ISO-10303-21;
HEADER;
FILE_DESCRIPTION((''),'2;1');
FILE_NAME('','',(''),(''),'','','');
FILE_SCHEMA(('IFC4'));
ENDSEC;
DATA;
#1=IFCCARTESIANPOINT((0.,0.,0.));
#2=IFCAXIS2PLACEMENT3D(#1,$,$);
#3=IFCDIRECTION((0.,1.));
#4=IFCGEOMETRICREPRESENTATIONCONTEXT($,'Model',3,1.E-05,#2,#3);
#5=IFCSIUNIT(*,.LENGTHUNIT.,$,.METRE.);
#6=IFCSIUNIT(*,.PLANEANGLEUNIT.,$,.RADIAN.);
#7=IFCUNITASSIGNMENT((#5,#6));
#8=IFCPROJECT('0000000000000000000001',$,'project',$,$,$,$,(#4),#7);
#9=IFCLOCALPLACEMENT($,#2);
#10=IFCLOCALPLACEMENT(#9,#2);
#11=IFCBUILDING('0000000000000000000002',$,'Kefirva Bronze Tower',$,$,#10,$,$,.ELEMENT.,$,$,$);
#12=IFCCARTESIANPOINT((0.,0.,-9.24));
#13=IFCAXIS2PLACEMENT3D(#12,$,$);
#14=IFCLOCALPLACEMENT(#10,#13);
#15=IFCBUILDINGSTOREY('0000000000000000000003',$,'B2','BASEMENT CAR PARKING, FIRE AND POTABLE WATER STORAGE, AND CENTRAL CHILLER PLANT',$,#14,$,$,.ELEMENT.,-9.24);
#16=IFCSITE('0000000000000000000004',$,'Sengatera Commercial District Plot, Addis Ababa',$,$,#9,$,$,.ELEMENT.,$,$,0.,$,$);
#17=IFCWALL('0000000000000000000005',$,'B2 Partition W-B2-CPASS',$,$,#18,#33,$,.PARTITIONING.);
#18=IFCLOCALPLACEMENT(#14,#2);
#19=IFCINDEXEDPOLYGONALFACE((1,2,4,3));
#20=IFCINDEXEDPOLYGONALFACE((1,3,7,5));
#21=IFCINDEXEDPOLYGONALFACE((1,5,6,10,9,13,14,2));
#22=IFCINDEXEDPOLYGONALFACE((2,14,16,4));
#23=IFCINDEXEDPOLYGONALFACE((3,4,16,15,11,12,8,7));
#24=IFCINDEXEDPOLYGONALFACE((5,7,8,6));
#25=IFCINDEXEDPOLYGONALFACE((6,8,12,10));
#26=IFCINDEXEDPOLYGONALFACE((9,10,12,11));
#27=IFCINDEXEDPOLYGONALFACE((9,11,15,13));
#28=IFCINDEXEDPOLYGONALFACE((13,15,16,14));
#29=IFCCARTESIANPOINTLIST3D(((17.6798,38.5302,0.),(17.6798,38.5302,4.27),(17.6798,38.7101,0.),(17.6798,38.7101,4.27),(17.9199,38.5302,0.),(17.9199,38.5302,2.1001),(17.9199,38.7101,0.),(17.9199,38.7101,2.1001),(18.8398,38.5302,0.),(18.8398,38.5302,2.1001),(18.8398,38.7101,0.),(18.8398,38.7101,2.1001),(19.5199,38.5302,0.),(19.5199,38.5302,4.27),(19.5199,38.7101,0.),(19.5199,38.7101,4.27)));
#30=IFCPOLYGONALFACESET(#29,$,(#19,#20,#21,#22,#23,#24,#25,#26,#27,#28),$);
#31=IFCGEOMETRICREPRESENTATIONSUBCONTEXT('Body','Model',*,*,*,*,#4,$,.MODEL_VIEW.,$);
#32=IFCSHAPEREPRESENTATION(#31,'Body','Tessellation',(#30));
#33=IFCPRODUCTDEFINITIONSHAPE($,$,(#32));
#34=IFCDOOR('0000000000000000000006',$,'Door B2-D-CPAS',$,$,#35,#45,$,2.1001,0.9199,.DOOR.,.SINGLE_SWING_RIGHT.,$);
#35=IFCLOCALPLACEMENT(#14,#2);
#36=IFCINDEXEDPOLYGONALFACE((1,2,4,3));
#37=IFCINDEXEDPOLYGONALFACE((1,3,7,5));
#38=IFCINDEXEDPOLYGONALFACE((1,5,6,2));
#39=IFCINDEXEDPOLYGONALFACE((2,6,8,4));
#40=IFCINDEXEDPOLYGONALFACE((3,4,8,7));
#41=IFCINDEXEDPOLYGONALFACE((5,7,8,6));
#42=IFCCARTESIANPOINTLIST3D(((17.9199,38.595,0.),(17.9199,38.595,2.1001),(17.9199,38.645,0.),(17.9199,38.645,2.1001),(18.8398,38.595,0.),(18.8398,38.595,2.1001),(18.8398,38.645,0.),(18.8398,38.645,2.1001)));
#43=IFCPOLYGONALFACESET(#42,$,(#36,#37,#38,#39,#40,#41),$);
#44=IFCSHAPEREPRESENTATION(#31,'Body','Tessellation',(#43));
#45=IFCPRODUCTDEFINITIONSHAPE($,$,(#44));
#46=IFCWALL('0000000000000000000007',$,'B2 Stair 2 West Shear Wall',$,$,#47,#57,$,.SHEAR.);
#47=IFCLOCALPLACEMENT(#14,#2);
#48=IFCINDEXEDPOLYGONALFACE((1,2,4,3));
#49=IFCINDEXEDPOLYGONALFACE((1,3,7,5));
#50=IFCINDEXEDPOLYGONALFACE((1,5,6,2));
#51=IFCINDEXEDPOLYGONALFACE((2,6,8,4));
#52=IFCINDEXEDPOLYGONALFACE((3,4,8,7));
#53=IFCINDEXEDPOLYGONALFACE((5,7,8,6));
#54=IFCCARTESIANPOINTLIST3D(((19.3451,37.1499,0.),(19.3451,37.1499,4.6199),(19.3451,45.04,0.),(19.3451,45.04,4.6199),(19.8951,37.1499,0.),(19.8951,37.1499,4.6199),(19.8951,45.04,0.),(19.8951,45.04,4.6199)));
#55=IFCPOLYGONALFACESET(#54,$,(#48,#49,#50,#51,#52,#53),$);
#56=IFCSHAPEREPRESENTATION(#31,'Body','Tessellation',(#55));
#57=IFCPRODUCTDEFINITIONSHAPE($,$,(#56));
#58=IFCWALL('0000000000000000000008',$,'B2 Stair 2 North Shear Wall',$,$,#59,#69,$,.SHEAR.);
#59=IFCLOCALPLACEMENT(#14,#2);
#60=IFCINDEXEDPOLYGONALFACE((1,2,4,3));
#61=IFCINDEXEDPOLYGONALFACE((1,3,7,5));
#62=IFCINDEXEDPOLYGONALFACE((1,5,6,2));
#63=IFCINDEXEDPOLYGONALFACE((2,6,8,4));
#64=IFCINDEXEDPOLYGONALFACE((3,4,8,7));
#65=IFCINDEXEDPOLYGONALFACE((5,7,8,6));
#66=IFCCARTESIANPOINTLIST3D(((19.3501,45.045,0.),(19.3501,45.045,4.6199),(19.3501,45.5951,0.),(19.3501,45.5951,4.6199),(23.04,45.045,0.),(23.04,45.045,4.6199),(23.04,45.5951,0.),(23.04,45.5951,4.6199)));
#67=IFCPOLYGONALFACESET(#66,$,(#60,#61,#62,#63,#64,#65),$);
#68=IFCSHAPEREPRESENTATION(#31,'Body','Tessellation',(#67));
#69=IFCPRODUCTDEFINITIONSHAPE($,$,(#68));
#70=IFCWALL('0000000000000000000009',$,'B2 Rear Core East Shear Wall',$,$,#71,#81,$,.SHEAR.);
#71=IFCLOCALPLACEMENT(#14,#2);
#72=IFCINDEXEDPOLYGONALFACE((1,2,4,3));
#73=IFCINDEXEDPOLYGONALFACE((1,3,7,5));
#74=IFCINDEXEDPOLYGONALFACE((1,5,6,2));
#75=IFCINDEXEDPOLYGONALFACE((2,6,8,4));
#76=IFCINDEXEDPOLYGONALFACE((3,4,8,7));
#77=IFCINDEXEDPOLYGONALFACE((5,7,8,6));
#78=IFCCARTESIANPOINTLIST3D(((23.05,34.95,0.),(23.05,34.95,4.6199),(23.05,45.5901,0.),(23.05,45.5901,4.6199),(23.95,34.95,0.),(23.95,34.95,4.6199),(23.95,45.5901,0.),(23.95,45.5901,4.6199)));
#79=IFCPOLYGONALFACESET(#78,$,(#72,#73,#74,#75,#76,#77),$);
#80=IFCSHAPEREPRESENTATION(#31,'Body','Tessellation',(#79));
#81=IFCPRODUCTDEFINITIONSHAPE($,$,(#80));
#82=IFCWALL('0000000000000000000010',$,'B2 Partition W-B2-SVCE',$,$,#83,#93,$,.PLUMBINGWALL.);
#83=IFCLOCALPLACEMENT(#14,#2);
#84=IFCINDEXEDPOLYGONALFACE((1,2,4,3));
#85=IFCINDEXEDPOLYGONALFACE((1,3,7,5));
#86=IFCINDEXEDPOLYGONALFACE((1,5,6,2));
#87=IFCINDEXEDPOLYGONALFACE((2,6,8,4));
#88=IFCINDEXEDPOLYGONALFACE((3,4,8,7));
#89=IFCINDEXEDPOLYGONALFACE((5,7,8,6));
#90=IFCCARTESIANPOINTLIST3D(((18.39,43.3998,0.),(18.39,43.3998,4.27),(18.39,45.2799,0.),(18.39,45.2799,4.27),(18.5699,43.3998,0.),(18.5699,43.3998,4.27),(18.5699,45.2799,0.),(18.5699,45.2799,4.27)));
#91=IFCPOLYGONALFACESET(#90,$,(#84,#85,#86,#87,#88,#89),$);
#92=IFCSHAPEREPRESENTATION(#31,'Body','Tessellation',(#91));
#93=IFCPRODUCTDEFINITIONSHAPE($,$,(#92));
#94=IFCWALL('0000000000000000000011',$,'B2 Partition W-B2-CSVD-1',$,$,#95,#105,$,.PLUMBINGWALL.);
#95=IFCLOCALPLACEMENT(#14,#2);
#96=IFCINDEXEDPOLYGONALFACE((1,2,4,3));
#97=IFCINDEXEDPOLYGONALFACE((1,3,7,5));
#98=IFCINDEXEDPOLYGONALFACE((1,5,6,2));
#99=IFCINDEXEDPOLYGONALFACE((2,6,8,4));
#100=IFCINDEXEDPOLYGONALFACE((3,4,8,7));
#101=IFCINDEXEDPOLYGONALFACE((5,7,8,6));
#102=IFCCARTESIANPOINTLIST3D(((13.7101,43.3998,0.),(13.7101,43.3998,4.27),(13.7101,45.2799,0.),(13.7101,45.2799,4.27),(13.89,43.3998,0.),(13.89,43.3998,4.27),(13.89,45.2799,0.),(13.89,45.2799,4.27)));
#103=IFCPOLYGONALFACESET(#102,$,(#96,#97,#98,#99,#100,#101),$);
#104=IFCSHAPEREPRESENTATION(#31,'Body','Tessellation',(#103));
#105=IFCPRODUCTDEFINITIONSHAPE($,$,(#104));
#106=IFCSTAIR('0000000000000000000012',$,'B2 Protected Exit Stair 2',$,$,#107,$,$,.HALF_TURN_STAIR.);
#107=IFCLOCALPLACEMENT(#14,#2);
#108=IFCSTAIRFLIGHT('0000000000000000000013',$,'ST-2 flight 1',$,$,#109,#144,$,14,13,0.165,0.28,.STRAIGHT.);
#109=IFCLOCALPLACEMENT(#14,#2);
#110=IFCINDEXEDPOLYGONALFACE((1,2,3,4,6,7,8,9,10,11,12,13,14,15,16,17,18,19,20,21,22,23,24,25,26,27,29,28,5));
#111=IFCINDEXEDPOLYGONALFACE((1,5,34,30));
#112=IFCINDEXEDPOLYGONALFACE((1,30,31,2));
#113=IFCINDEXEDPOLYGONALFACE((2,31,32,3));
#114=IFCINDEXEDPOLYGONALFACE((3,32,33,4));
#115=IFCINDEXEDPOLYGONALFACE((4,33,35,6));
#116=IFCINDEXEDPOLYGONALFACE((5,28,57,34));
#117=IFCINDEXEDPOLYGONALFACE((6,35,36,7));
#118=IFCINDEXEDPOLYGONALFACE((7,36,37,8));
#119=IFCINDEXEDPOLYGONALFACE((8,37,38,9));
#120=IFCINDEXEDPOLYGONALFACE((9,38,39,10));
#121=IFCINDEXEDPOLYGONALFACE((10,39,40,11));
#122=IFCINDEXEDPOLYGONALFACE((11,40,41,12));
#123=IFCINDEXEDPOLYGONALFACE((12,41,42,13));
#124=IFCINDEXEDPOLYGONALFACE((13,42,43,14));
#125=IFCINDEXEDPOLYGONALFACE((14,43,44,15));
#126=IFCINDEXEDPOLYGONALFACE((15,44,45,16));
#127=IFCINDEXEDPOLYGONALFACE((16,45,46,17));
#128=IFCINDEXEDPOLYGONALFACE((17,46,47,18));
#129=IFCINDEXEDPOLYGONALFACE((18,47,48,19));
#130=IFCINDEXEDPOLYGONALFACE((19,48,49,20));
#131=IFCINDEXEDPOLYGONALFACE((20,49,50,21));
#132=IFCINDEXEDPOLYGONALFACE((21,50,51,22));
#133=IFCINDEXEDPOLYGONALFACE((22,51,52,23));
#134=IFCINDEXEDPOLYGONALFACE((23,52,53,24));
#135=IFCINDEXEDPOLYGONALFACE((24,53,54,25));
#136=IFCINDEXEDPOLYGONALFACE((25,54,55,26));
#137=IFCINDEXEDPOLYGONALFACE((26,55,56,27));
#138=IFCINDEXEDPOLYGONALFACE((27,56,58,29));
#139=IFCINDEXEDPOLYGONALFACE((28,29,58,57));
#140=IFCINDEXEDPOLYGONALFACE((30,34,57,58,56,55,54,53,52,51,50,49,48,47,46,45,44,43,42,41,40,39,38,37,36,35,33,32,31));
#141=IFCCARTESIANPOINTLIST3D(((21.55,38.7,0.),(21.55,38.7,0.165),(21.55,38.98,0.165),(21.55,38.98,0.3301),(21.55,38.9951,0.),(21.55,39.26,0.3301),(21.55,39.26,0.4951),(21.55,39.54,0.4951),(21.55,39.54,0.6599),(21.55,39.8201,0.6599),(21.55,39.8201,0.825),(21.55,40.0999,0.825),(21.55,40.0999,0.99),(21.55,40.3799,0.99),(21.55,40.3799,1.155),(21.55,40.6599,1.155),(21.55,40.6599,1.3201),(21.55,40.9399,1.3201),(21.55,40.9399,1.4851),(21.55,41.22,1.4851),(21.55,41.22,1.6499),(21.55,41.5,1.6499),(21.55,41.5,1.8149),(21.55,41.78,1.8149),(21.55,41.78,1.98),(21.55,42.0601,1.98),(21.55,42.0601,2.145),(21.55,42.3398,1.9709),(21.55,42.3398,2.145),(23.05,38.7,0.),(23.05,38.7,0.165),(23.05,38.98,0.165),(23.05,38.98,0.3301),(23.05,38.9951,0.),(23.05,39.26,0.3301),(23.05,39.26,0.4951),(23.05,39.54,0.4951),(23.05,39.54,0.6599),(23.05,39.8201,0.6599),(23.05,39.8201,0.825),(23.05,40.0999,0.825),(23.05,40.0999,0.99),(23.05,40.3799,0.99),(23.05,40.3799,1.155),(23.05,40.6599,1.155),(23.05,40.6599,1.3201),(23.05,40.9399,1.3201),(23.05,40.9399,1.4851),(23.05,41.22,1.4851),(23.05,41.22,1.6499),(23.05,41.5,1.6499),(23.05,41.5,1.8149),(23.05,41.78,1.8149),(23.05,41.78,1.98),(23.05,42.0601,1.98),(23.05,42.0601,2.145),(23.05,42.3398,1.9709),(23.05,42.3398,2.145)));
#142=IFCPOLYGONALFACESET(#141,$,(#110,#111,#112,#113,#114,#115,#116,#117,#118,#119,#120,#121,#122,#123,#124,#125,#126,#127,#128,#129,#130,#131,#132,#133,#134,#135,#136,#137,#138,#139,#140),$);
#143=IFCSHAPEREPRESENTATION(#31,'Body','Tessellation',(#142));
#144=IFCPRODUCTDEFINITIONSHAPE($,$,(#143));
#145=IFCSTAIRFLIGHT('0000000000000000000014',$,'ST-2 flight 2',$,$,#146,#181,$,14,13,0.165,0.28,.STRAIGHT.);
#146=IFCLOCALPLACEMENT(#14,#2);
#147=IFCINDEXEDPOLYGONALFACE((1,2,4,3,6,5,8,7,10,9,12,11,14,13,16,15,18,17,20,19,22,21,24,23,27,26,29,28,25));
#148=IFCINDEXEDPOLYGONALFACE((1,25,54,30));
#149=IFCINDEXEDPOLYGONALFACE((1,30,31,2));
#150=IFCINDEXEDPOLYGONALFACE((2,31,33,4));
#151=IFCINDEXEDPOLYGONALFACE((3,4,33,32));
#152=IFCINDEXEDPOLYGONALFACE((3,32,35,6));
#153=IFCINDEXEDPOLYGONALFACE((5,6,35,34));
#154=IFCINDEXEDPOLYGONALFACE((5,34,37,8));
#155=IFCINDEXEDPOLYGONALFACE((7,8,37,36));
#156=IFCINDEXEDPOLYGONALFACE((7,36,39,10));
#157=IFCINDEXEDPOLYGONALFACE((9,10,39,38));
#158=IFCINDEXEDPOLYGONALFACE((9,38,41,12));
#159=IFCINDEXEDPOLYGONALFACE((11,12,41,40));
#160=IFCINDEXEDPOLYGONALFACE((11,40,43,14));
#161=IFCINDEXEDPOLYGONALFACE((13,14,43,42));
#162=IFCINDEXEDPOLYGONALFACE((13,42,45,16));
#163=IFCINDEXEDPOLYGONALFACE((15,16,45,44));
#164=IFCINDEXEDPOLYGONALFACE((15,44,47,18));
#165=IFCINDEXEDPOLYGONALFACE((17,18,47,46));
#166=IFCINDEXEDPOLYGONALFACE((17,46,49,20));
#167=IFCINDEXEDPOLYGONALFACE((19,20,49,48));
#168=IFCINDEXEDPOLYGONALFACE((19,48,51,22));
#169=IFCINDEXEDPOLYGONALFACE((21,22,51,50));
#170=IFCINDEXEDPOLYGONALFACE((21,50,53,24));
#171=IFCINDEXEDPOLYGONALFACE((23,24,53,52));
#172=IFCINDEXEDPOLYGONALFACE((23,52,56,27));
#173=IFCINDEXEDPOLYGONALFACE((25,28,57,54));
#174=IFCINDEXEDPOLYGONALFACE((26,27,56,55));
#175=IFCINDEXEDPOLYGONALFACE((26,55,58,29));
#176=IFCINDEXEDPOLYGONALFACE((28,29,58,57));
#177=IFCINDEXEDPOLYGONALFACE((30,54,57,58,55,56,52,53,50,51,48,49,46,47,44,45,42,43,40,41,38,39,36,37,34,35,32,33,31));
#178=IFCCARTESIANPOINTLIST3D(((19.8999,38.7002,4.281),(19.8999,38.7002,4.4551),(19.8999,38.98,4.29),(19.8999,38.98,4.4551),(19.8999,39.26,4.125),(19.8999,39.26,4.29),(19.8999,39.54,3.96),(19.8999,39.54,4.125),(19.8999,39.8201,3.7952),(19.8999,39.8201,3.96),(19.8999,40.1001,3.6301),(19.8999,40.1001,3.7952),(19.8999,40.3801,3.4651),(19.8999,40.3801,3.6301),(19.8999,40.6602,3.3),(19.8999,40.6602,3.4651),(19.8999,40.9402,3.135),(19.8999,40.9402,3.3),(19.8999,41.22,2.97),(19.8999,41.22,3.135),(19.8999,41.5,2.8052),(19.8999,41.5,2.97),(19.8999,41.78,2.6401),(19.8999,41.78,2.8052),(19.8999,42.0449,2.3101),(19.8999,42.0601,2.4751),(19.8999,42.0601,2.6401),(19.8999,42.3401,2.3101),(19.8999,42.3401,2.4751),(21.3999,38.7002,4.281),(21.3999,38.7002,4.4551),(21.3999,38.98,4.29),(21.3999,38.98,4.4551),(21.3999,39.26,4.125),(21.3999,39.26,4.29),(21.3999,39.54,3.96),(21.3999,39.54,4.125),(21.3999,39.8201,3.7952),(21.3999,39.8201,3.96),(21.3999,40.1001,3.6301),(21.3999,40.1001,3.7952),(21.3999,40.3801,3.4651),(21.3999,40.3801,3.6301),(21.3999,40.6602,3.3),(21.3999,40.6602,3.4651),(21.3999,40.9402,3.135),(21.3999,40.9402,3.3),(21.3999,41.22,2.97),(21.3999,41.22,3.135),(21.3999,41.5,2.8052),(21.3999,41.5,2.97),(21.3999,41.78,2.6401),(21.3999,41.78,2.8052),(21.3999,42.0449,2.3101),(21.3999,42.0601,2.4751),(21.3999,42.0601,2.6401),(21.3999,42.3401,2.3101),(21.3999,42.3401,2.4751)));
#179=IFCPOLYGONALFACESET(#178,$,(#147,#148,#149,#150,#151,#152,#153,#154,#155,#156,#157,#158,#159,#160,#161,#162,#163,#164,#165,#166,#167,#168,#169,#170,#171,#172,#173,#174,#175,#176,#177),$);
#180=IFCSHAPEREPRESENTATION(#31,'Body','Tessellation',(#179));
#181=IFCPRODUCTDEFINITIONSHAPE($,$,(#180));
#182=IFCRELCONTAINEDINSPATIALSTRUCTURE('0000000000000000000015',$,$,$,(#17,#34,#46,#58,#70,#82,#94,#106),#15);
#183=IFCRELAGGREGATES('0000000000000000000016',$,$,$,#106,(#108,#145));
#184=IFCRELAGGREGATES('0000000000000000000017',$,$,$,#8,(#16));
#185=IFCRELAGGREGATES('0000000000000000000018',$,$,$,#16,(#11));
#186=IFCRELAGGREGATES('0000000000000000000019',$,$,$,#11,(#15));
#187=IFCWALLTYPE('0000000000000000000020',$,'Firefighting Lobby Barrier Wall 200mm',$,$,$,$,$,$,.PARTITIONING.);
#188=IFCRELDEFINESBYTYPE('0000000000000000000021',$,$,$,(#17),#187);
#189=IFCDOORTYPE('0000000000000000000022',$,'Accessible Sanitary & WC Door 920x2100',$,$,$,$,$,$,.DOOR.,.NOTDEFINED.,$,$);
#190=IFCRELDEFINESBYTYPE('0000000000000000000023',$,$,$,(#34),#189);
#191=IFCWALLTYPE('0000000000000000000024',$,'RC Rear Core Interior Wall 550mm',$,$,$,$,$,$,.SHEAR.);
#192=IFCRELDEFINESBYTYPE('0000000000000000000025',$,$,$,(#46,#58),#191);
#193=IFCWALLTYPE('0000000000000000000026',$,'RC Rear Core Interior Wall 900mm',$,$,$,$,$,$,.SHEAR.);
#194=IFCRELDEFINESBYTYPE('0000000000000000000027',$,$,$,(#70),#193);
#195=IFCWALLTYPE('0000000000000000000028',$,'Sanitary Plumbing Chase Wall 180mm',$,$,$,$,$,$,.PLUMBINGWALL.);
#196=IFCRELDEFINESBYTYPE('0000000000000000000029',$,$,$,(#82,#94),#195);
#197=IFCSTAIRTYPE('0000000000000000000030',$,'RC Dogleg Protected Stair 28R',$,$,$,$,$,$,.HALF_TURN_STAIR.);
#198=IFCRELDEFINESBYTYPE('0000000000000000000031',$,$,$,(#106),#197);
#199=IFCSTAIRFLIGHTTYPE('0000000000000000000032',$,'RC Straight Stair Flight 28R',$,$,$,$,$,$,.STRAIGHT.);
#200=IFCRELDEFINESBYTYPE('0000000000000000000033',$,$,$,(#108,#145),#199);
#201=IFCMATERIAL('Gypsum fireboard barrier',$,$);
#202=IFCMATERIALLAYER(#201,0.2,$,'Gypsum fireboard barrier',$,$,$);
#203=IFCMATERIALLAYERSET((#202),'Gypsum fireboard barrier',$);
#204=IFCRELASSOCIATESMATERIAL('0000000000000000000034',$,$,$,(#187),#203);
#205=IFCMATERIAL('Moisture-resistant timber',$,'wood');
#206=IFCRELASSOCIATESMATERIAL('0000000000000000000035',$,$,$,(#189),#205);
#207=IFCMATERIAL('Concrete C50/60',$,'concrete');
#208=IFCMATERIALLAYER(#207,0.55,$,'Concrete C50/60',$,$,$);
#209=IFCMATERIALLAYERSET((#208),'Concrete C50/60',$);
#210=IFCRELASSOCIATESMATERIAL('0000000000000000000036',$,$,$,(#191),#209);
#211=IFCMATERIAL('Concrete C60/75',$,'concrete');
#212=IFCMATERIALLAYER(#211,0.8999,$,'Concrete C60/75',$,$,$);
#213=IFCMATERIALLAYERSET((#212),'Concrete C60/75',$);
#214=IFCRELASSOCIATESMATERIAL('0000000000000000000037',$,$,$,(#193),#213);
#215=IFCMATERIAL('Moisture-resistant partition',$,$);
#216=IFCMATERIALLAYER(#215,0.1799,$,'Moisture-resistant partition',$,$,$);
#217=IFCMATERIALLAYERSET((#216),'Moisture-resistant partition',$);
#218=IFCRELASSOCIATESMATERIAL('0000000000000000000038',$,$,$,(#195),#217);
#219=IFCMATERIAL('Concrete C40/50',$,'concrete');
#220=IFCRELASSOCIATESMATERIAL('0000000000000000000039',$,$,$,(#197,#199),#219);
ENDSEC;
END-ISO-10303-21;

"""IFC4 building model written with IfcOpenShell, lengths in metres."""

from ifc_helpers import new_model, si_unit, direction, frame, frame_2d, origin, place, context, subcontext, project, spatial, polyline, rectangle, outline, extrude, material, layer, layer_set, type_object, element, fill, aggregate, save


model = new_model("IFC4")

# Units and contexts
model_context = context("Model", 3, precision=1e-05, world=origin(), true_north=direction((0.0, 1.0)))
body_context = subcontext(model_context, "Body", "Model", "MODEL_VIEW")
ifc_project = project(units=[si_unit("LENGTHUNIT", "METRE"), si_unit("PLANEANGLEUNIT", "RADIAN")], contexts=[model_context])

# Site, building, storey
site_placement = place(None, origin())
site = spatial("IfcSite", under=ifc_project, at=site_placement, Name="Sengatera Commercial District Plot, Addis Ababa", CompositionType="ELEMENT", RefElevation=0.0)
building_placement = place(site_placement, origin())
building = spatial("IfcBuilding", under=site, at=building_placement, Name="Kefirva Bronze Tower", CompositionType="ELEMENT")
storey_placement = place(building_placement, frame((0.0, 0.0, -9.24)))
storey = spatial("IfcBuildingStorey", under=building, at=storey_placement, Name="B2", Description="BASEMENT CAR PARKING, FIRE AND POTABLE WATER STORAGE, AND CENTRAL CHILLER PLANT", CompositionType="ELEMENT", Elevation=-9.24)

# Shared definitions
ifc_material_1 = material(Name="Concrete C60/75", Category="concrete")

# Wall, opening, door
ifc_material_2 = material(Name="Gypsum fireboard barrier")
ifc_layer_1 = layer(ifc_material_2, 0.2, Name="Gypsum fireboard barrier")
ifc_layer_set_1 = layer_set([ifc_layer_1], Name="Gypsum fireboard barrier")
wall_type_1 = type_object("IfcWallType", Name="Firefighting Lobby Barrier Wall 200mm", PredefinedType="PARTITIONING", material=ifc_layer_set_1)
wall_1_placement = place(storey_placement, frame((17.6799, 38.6201, 0.0), z_axis=(0.0, 0.0, 1.0), x_axis=(1.0, 0.0, 0.0)))
wall_1 = element("IfcWall", 1, at=wall_1_placement, inside=storey, type_object=wall_type_1, Name="B2 Partition W-B2-CPASS", PredefinedType="PARTITIONING", context=body_context, shape_type="SweptSolid", body=[
    extrude(rectangle(XDim=1.8401, YDim=0.1799, at=frame_2d((0.9199, 0.0))), origin(), (0.0, 0.0, 1.0), 4.27),
])
opening_1_placement = place(wall_1_placement, frame((0.24, 0.0, 0.0)))
opening_1 = element("IfcOpeningElement", 2, at=opening_1_placement, cuts=wall_1, PredefinedType="OPENING", context=body_context, shape_type="SweptSolid", body=[
    extrude(rectangle(XDim=0.9199, YDim=2.1001, at=frame_2d((0.46, 1.05))), frame((0.0, 0.1001, 0.0), z_axis=(0.0, -1.0, 0.0), x_axis=(1.0, 0.0, 0.0)), (0.0, 0.0, 1.0), 0.2),
])
ifc_material_3 = material(Name="Moisture-resistant timber", Category="wood")
door_type_1 = type_object("IfcDoorType", Name="Accessible Sanitary & WC Door 920x2100", OperationType="NOTDEFINED", PredefinedType="DOOR", material=ifc_material_3)
door_1_placement = place(opening_1_placement, origin())
door_1 = element("IfcDoor", 3, at=door_1_placement, inside=storey, type_object=door_type_1, Name="Door B2-D-CPAS", OperationType="SINGLE_SWING_RIGHT", OverallHeight=2.1001, OverallWidth=0.9199, PredefinedType="DOOR", context=body_context, shape_type="SweptSolid", body=[
    extrude(rectangle(XDim=0.9199, YDim=2.1001, at=frame_2d((0.46, 1.05))), frame((0.0, 0.0249, 0.0), z_axis=(0.0, -1.0, 0.0), x_axis=(1.0, 0.0, 0.0)), (0.0, 0.0, 1.0), 0.05),
])
fill(opening_1, door_1)

# Walls
ifc_material_4 = material(Name="Concrete C50/60", Category="concrete")
ifc_layer_2 = layer(ifc_material_4, 0.55, Name="Concrete C50/60")
ifc_layer_set_2 = layer_set([ifc_layer_2], Name="Concrete C50/60")
wall_type_2 = type_object("IfcWallType", Name="RC Rear Core Interior Wall 550mm", PredefinedType="SHEAR", material=ifc_layer_set_2)
wall_2_placement = place(storey_placement, frame((19.6201, 37.1499, 0.0), z_axis=(0.0, 0.0, 1.0), x_axis=(0.0, 1.0, 0.0)))
element("IfcWall", 4, at=wall_2_placement, inside=storey, type_object=wall_type_2, Name="B2 Stair 2 West Shear Wall", PredefinedType="SHEAR", context=body_context, shape_type="SweptSolid", body=[
    extrude(rectangle(XDim=7.8901, YDim=0.55, at=frame_2d((3.9451, 0.0))), origin(), (0.0, 0.0, 1.0), 4.6199),
])
wall_3_placement = place(storey_placement, frame((19.3501, 45.3201, 0.0), z_axis=(0.0, 0.0, 1.0), x_axis=(1.0, 0.0, 0.0)))
element("IfcWall", 5, at=wall_3_placement, inside=storey, type_object=wall_type_2, Name="B2 Stair 2 North Shear Wall", PredefinedType="SHEAR", context=body_context, shape_type="SweptSolid", body=[
    extrude(rectangle(XDim=3.6899, YDim=0.55, at=frame_2d((1.845, 0.0))), origin(), (0.0, 0.0, 1.0), 4.6199),
])
ifc_layer_3 = layer(ifc_material_1, 0.8999, Name="Concrete C60/75")
ifc_layer_set_3 = layer_set([ifc_layer_3], Name="Concrete C60/75")
wall_type_3 = type_object("IfcWallType", Name="RC Rear Core Interior Wall 900mm", PredefinedType="SHEAR", material=ifc_layer_set_3)
wall_4_placement = place(storey_placement, frame((23.5, 34.95, 0.0), z_axis=(0.0, 0.0, 1.0), x_axis=(0.0, 1.0, 0.0)))
element("IfcWall", 6, at=wall_4_placement, inside=storey, type_object=wall_type_3, Name="B2 Rear Core East Shear Wall", PredefinedType="SHEAR", context=body_context, shape_type="SweptSolid", body=[
    extrude(rectangle(XDim=10.6401, YDim=0.8999, at=frame_2d((5.3201, 0.0))), origin(), (0.0, 0.0, 1.0), 4.6199),
])
ifc_material_5 = material(Name="Moisture-resistant partition")
ifc_layer_4 = layer(ifc_material_5, 0.1799, Name="Moisture-resistant partition")
ifc_layer_set_4 = layer_set([ifc_layer_4], Name="Moisture-resistant partition")
wall_type_4 = type_object("IfcWallType", Name="Sanitary Plumbing Chase Wall 180mm", PredefinedType="PLUMBINGWALL", material=ifc_layer_set_4)
for number, where, z_axis, x_axis, name in (
    (7, (18.48, 43.3999, 0.0), (0.0, 0.0, 1.0), (0.0, 1.0, 0.0), "B2 Partition W-B2-SVCE"),
    (8, (13.8, 43.3999, 0.0), (0.0, 0.0, 1.0), (0.0, 1.0, 0.0), "B2 Partition W-B2-CSVD-1"),
):
    element("IfcWall", number, at=place(storey_placement, frame(where, z_axis=z_axis, x_axis=x_axis)), inside=storey, type_object=wall_type_4, Name=name, PredefinedType="PLUMBINGWALL", context=body_context, shape_type="SweptSolid", body=[
        extrude(rectangle(XDim=1.8801, YDim=0.1799, at=frame_2d((0.9399, 0.0))), origin(), (0.0, 0.0, 1.0), 4.27),
    ])

# Stair, stair flights
ifc_material_6 = material(Name="Concrete C40/50", Category="concrete")
stair_type = type_object("IfcStairType", Name="RC Dogleg Protected Stair 28R", PredefinedType="HALF_TURN_STAIR", material=ifc_material_6)
stair_placement = place(storey_placement, origin())
stair = element("IfcStair", 9, at=stair_placement, inside=storey, type_object=stair_type, Name="B2 Protected Exit Stair 2", PredefinedType="HALF_TURN_STAIR")
stair_flight_type = type_object("IfcStairFlightType", Name="RC Straight Stair Flight 28R", PredefinedType="STRAIGHT", material=ifc_material_6)
stair_flight_1_placement = place(storey_placement, frame((22.3, 38.7, 0.0), z_axis=(0.0, 0.0, 1.0), x_axis=(0.0, 1.0, 0.0)))
stair_flight_1 = element("IfcStairFlight", 10, at=stair_flight_1_placement, type_object=stair_flight_type, Name="ST-2 flight 1", NumberOfRisers=14, NumberOfTreads=13, PredefinedType="STRAIGHT", RiserHeight=0.165, TreadLength=0.28, context=body_context, shape_type="SweptSolid", body=[
    extrude(outline(polyline([(0.0, 0.0), (0.0, 0.165), (0.28, 0.165), (0.28, 0.3301), (0.5601, 0.3301), (0.5601, 0.4951), (0.8401, 0.4951), (0.8401, 0.6599), (1.1201, 0.6599), (1.1201, 0.825), (1.3999, 0.825), (1.3999, 0.99), (1.6799, 0.99), (1.6799, 1.155), (1.96, 1.155), (1.96, 1.3201), (2.24, 1.3201), (2.24, 1.4851), (2.52, 1.4851), (2.52, 1.6499), (2.8, 1.6499), (2.8, 1.8149), (3.0801, 1.8149), (3.0801, 1.98), (3.3601, 1.98), (3.3601, 2.145), (3.6399, 2.145), (3.6399, 2.3101), (3.6399, 1.9709), (0.2952, 0.0), (0.0, 0.0)])), frame((0.0, 0.75, 0.0), z_axis=(0.0, -1.0, 0.0), x_axis=(1.0, 0.0, 0.0)), (0.0, 0.0, 1.0), 1.5),
])
stair_flight_2_placement = place(storey_placement, frame((20.6499, 42.3401, 2.3101), z_axis=(0.0, 0.0, 1.0), x_axis=(0.0, -1.0, 0.0)))
stair_flight_2 = element("IfcStairFlight", 11, at=stair_flight_2_placement, type_object=stair_flight_type, Name="ST-2 flight 2", NumberOfRisers=14, NumberOfTreads=13, PredefinedType="STRAIGHT", RiserHeight=0.165, TreadLength=0.28, context=body_context, shape_type="SweptSolid", body=[
    extrude(outline(polyline([(0.0, 0.0), (0.0, 0.165), (0.28, 0.165), (0.28, 0.3301), (0.5601, 0.3301), (0.5601, 0.4951), (0.8401, 0.4951), (0.8401, 0.6599), (1.1201, 0.6599), (1.1201, 0.825), (1.3999, 0.825), (1.3999, 0.99), (1.6799, 0.99), (1.6799, 1.155), (1.96, 1.155), (1.96, 1.3201), (2.24, 1.3201), (2.24, 1.4851), (2.52, 1.4851), (2.52, 1.6499), (2.8, 1.6499), (2.8, 1.8149), (3.0801, 1.8149), (3.0801, 1.98), (3.3601, 1.98), (3.3601, 2.145), (3.6399, 2.145), (3.6399, 2.3101), (3.6399, 1.9709), (0.2952, 0.0), (0.0, 0.0)])), frame((0.0, 0.75, 0.0), z_axis=(0.0, -1.0, 0.0), x_axis=(1.0, 0.0, 0.0)), (0.0, 0.0, 1.0), 1.5),
])
aggregate(stair, [stair_flight_1, stair_flight_2])

save(model, "model.ifc")
